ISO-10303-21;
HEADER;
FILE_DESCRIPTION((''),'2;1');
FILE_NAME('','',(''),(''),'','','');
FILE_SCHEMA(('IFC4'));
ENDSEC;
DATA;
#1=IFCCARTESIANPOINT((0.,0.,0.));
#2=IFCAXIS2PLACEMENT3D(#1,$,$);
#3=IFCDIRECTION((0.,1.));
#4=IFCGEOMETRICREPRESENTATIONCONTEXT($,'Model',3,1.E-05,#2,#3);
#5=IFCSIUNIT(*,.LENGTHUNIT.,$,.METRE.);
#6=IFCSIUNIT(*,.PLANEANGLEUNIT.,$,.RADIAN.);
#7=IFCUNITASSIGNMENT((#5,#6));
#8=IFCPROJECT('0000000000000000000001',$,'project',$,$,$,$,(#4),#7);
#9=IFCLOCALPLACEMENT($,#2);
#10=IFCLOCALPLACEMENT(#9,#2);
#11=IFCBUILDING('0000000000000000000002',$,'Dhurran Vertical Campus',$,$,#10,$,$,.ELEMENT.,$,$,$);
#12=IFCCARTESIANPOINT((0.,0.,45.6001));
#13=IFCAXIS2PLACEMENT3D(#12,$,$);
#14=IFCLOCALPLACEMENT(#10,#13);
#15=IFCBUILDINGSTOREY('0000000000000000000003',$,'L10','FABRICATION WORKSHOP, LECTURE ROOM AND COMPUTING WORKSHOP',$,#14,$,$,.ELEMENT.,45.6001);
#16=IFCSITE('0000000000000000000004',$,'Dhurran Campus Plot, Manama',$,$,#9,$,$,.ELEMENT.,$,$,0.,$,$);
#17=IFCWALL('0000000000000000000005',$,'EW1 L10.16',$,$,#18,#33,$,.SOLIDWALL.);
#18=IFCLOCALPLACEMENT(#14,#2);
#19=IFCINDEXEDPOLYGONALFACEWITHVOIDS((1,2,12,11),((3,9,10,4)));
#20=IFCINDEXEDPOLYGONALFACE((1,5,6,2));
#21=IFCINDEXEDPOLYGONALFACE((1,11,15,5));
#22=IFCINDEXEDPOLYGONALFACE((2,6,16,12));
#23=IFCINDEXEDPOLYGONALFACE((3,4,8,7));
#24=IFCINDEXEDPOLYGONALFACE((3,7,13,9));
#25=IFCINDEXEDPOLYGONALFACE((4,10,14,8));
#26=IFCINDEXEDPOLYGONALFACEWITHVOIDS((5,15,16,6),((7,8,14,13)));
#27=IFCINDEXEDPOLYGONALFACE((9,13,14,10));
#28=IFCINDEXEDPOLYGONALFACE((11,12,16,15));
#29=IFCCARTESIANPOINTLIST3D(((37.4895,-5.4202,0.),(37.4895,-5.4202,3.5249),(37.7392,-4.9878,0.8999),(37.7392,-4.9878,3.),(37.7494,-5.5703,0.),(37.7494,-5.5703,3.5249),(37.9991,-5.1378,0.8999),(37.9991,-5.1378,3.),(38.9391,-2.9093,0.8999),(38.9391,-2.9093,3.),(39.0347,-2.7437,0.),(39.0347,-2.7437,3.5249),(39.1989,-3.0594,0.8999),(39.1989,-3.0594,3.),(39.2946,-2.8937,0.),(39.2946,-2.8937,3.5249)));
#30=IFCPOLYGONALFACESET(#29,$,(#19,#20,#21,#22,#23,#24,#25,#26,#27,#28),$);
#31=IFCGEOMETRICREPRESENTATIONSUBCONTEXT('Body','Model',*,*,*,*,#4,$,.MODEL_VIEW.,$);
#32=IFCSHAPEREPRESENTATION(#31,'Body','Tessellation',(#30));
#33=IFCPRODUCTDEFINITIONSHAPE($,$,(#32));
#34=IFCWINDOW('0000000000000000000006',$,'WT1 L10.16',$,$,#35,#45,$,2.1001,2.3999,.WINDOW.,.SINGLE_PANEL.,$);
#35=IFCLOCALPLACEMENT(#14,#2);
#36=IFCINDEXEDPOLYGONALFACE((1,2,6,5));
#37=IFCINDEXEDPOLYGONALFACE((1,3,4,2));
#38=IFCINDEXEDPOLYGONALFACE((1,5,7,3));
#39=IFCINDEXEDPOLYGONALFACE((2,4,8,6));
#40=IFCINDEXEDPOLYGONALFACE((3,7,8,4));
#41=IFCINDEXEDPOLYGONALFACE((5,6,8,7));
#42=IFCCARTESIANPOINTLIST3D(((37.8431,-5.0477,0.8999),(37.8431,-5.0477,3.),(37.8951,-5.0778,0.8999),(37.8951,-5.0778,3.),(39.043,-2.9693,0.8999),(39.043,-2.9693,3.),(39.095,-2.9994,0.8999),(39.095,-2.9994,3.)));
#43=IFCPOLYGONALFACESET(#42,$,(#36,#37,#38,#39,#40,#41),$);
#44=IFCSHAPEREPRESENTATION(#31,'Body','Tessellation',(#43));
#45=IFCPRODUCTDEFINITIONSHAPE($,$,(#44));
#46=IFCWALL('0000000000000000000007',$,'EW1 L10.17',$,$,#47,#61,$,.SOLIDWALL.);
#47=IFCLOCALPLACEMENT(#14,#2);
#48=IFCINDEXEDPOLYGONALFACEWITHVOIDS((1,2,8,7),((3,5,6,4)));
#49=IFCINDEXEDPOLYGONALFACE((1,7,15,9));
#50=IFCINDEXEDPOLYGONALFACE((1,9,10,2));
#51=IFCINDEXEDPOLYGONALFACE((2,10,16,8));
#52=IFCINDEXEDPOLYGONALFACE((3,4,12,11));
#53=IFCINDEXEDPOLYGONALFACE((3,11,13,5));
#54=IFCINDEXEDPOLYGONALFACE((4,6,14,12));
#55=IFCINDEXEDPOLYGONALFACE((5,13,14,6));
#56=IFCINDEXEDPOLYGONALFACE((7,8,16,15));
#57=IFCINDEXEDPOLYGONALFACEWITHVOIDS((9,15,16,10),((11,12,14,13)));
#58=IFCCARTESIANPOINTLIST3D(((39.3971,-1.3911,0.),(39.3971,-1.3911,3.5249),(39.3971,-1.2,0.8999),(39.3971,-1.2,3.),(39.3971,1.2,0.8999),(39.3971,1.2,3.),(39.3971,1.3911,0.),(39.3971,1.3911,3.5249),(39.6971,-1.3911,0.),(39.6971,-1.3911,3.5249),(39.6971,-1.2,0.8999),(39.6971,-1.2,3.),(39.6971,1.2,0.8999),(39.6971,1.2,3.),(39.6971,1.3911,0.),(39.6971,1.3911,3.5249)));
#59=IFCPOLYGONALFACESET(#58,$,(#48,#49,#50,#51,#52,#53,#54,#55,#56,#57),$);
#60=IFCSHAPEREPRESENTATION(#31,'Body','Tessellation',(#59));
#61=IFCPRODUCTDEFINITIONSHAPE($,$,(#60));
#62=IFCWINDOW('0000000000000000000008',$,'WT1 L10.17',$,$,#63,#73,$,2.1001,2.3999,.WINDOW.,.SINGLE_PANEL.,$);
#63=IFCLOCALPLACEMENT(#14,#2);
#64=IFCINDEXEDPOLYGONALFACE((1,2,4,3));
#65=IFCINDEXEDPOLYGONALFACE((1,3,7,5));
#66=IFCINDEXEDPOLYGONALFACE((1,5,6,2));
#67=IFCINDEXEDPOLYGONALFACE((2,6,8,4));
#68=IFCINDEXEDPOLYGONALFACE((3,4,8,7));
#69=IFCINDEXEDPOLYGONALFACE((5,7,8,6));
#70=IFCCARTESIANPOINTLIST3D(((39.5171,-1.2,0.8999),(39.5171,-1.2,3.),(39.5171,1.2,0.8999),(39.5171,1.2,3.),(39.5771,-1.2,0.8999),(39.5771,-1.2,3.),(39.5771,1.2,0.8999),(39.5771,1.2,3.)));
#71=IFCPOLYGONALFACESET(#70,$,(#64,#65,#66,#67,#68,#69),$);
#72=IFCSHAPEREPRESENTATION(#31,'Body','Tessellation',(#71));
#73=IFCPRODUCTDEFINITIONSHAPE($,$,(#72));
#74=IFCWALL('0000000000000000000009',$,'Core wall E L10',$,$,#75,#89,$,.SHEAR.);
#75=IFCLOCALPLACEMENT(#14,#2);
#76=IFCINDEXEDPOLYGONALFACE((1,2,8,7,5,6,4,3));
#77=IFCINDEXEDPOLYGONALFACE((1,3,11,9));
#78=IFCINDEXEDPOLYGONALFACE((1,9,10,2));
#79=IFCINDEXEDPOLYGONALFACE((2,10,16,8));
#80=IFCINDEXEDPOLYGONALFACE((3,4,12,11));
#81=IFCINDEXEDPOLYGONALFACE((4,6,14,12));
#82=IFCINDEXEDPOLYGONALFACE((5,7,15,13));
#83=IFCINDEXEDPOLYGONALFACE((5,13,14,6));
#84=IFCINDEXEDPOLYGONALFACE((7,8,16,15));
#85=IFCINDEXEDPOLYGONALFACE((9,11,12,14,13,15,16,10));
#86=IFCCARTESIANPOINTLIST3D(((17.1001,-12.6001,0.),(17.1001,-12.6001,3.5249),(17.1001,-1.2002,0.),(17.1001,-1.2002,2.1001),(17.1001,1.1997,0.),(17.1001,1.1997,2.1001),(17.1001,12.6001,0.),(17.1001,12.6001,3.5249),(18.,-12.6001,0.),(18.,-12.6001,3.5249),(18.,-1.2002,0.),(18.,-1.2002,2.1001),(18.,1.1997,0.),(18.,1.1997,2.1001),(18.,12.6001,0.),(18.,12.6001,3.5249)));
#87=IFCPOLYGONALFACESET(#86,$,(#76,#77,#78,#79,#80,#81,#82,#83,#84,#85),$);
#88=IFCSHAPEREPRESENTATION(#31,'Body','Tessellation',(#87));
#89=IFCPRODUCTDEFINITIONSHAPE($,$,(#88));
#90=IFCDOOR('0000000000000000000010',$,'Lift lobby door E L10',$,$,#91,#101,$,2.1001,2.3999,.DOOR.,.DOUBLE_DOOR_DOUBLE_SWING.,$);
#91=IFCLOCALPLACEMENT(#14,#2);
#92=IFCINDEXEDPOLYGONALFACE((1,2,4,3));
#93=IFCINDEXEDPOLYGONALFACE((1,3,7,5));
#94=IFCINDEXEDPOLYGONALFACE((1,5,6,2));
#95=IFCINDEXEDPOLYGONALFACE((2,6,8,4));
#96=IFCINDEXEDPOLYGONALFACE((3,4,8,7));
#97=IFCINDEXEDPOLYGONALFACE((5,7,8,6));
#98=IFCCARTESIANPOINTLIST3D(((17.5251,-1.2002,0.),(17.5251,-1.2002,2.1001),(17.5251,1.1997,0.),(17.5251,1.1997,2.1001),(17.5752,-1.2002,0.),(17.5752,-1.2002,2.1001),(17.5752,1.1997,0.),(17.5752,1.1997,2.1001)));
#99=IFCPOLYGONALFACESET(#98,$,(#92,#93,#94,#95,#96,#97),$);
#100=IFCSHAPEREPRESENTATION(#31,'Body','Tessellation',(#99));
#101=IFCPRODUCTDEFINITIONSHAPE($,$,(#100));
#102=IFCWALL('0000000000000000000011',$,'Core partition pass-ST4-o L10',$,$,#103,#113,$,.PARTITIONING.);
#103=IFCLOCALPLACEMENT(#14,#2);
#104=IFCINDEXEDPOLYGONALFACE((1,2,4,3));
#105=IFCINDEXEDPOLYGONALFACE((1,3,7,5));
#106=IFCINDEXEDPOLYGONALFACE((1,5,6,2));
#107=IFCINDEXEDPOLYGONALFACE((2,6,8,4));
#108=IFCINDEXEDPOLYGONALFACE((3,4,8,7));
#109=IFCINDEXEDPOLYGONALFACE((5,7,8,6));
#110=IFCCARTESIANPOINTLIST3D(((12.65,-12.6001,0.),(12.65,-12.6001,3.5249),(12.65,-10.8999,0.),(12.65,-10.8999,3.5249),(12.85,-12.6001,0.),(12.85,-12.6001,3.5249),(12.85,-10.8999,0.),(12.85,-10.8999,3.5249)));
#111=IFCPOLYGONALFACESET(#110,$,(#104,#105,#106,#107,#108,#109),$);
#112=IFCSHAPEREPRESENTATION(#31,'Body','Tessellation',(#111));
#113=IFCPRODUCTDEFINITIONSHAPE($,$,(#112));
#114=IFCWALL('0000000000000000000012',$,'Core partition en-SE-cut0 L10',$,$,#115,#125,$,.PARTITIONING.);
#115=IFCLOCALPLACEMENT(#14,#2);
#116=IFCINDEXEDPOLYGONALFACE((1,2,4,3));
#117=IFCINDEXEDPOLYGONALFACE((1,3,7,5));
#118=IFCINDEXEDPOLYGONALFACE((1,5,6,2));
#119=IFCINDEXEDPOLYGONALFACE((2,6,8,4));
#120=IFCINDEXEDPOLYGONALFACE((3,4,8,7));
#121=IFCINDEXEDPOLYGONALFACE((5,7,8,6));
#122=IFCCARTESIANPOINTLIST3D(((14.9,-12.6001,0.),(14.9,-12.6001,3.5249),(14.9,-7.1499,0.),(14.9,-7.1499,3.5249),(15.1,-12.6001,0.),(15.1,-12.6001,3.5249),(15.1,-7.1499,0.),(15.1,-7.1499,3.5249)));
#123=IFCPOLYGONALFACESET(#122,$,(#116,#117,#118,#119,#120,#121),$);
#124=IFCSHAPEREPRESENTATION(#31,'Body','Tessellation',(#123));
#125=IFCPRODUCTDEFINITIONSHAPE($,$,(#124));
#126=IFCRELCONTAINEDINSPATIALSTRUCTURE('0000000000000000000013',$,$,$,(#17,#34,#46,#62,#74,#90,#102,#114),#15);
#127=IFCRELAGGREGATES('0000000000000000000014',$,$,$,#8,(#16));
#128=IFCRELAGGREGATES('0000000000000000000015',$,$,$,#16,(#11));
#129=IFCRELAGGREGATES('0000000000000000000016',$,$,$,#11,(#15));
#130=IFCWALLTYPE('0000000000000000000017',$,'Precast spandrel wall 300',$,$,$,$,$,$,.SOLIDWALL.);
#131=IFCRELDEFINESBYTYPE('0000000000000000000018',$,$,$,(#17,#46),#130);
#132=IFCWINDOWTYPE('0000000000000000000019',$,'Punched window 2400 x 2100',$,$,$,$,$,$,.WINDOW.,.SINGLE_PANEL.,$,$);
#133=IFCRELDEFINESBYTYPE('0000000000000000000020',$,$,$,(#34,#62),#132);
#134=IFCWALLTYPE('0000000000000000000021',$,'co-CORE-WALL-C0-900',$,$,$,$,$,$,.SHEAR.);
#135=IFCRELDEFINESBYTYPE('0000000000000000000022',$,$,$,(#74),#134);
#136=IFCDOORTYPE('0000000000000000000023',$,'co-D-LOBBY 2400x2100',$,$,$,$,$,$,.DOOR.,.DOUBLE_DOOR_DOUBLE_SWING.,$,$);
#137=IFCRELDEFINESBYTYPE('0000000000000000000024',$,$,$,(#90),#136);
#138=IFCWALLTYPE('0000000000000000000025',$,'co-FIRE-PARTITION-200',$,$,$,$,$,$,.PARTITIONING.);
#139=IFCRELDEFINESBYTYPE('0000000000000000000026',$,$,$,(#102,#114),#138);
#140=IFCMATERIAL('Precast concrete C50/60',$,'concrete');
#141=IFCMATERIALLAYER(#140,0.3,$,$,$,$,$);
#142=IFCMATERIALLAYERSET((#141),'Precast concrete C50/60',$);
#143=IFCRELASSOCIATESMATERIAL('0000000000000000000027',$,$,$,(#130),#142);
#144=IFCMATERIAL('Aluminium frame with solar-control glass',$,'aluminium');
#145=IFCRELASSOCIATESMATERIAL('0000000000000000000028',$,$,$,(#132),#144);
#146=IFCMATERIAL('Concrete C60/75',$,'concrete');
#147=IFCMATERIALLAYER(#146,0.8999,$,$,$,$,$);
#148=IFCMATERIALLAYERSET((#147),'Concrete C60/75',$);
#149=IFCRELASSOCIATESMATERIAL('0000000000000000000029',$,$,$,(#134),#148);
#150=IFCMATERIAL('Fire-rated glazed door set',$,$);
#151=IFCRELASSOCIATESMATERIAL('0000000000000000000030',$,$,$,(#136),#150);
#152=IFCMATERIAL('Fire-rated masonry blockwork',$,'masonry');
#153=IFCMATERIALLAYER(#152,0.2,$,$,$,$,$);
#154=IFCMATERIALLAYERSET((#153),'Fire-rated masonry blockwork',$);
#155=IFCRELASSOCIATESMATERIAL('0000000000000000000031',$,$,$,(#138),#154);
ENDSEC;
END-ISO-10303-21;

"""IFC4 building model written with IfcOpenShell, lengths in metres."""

from ifc_helpers import new_model, si_unit, direction, frame, frame_2d, origin, place, context, subcontext, project, spatial, rectangle, extrude, material, layer, layer_set, type_object, element, fill, save


model = new_model("IFC4")

# Units and contexts
model_context = context("Model", 3, precision=1e-05, world=origin(), true_north=direction((0.0, 1.0)))
body_context = subcontext(model_context, "Body", "Model", "MODEL_VIEW")
ifc_project = project(units=[si_unit("LENGTHUNIT", "METRE"), si_unit("PLANEANGLEUNIT", "RADIAN")], contexts=[model_context])

# Site, building, storey
site_placement = place(None, origin())
site = spatial("IfcSite", under=ifc_project, at=site_placement, Name="Dhurran Campus Plot, Manama", CompositionType="ELEMENT", RefElevation=0.0)
building_placement = place(site_placement, origin())
building = spatial("IfcBuilding", under=site, at=building_placement, Name="Dhurran Vertical Campus", CompositionType="ELEMENT")
storey_placement = place(building_placement, frame((0.0, 0.0, 45.6001)))
storey = spatial("IfcBuildingStorey", under=building, at=storey_placement, Name="L10", Description="FABRICATION WORKSHOP, LECTURE ROOM AND COMPUTING WORKSHOP", CompositionType="ELEMENT", Elevation=45.6001)

# Walls, openings, windows
ifc_material_1 = material(Name="Precast concrete C50/60", Category="concrete")
ifc_layer_1 = layer(ifc_material_1, 0.3)
ifc_layer_set_1 = layer_set([ifc_layer_1], Name="Precast concrete C50/60")
wall_type_1 = type_object("IfcWallType", Name="Precast spandrel wall 300", PredefinedType="SOLIDWALL", material=ifc_layer_set_1)
ifc_material_2 = material(Name="Aluminium frame with solar-control glass", Category="aluminium")
window_type = type_object("IfcWindowType", Name="Punched window 2400 x 2100", PartitioningType="SINGLE_PANEL", PredefinedType="WINDOW", material=ifc_material_2)
wall_1_placement = place(storey_placement, frame((37.6194, -5.4954, 0.0), z_axis=(0.0, 0.0, 1.0), x_axis=(0.499971, 0.866042, 0.0)))
wall_1 = element("IfcWall", 1, at=wall_1_placement, inside=storey, type_object=wall_type_1, Name="EW1 L10.16", PredefinedType="SOLIDWALL", context=body_context, shape_type="SweptSolid", body=[
    extrude(rectangle(XDim=3.0906, YDim=0.3, at=frame_2d((1.5454, 0.0))), origin(), (0.0, 0.0, 1.0), 3.5249),
])
opening_1_placement = place(wall_1_placement, frame((0.4995, 0.0, 0.8999)))
opening_1 = element("IfcOpeningElement", 2, at=opening_1_placement, cuts=wall_1, PredefinedType="OPENING", context=body_context, shape_type="SweptSolid", body=[
    extrude(rectangle(XDim=2.3999, YDim=2.1001, at=frame_2d((1.2, 1.05))), frame((0.0, 0.1599, 0.0), z_axis=(0.0, -1.0, 0.0), x_axis=(1.0, 0.0, 0.0)), (0.0, 0.0, 1.0), 0.3201),
])
window_1_placement = place(opening_1_placement, origin())
window_1 = element("IfcWindow", 3, at=window_1_placement, inside=storey, type_object=window_type, Name="WT1 L10.16", OverallHeight=2.1001, OverallWidth=2.3999, PartitioningType="SINGLE_PANEL", PredefinedType="WINDOW", context=body_context, shape_type="SweptSolid", body=[
    extrude(rectangle(XDim=2.3999, YDim=2.1001, at=frame_2d((1.2, 1.05))), frame((0.0, 0.03, 0.0), z_axis=(0.0, -1.0, 0.0), x_axis=(1.0, 0.0, 0.0)), (0.0, 0.0, 1.0), 0.0601),
])
fill(opening_1, window_1)
wall_2_placement = place(storey_placement, frame((39.5471, -1.3911, 0.0), z_axis=(0.0, 0.0, 1.0), x_axis=(0.0, 1.0, 0.0)))
wall_2 = element("IfcWall", 4, at=wall_2_placement, inside=storey, type_object=wall_type_1, Name="EW1 L10.17", PredefinedType="SOLIDWALL", context=body_context, shape_type="SweptSolid", body=[
    extrude(rectangle(XDim=2.7822, YDim=0.3, at=frame_2d((1.3911, 0.0))), origin(), (0.0, 0.0, 1.0), 3.5249),
])
opening_2_placement = place(wall_2_placement, frame((0.1912, 0.0, 0.8999)))
opening_2 = element("IfcOpeningElement", 5, at=opening_2_placement, cuts=wall_2, PredefinedType="OPENING", context=body_context, shape_type="SweptSolid", body=[
    extrude(rectangle(XDim=2.3999, YDim=2.1001, at=frame_2d((1.2, 1.05))), frame((0.0, 0.1599, 0.0), z_axis=(0.0, -1.0, 0.0), x_axis=(1.0, 0.0, 0.0)), (0.0, 0.0, 1.0), 0.3201),
])
window_2_placement = place(opening_2_placement, origin())
window_2 = element("IfcWindow", 6, at=window_2_placement, inside=storey, type_object=window_type, Name="WT1 L10.17", OverallHeight=2.1001, OverallWidth=2.3999, PartitioningType="SINGLE_PANEL", PredefinedType="WINDOW", context=body_context, shape_type="SweptSolid", body=[
    extrude(rectangle(XDim=2.3999, YDim=2.1001, at=frame_2d((1.2, 1.05))), frame((0.0, 0.03, 0.0), z_axis=(0.0, -1.0, 0.0), x_axis=(1.0, 0.0, 0.0)), (0.0, 0.0, 1.0), 0.0601),
])
fill(opening_2, window_2)

# Wall, opening, door
ifc_material_3 = material(Name="Concrete C60/75", Category="concrete")
ifc_layer_2 = layer(ifc_material_3, 0.8999)
ifc_layer_set_2 = layer_set([ifc_layer_2], Name="Concrete C60/75")
wall_type_2 = type_object("IfcWallType", Name="co-CORE-WALL-C0-900", PredefinedType="SHEAR", material=ifc_layer_set_2)
wall_3_placement = place(storey_placement, frame((17.55, -12.6001, 0.0), z_axis=(0.0, 0.0, 1.0), x_axis=(0.0, 1.0, 0.0)))
wall_3 = element("IfcWall", 7, at=wall_3_placement, inside=storey, type_object=wall_type_2, Name="Core wall E L10", PredefinedType="SHEAR", context=body_context, shape_type="SweptSolid", body=[
    extrude(rectangle(XDim=25.2002, YDim=0.8999, at=frame_2d((12.6001, 0.0))), origin(), (0.0, 0.0, 1.0), 3.5249),
])
opening_3_placement = place(wall_3_placement, frame((11.3999, 0.0, 0.0)))
opening_3 = element("IfcOpeningElement", 8, at=opening_3_placement, cuts=wall_3, PredefinedType="OPENING", context=body_context, shape_type="SweptSolid", body=[
    extrude(rectangle(XDim=2.3999, YDim=2.1001, at=frame_2d((1.2, 1.05))), frame((0.0, 0.46, 0.0), z_axis=(0.0, -1.0, 0.0), x_axis=(1.0, 0.0, 0.0)), (0.0, 0.0, 1.0), 0.9199),
])
ifc_material_4 = material(Name="Fire-rated glazed door set")
door_type_1 = type_object("IfcDoorType", Name="co-D-LOBBY 2400x2100", OperationType="DOUBLE_DOOR_DOUBLE_SWING", PredefinedType="DOOR", material=ifc_material_4)
door_1_placement = place(opening_3_placement, origin())
door_1 = element("IfcDoor", 9, at=door_1_placement, inside=storey, type_object=door_type_1, Name="Lift lobby door E L10", OperationType="DOUBLE_DOOR_DOUBLE_SWING", OverallHeight=2.1001, OverallWidth=2.3999, PredefinedType="DOOR", context=body_context, shape_type="SweptSolid", body=[
    extrude(rectangle(XDim=2.3999, YDim=2.1001, at=frame_2d((1.2, 1.05))), frame((0.0, 0.0249, 0.0), z_axis=(0.0, -1.0, 0.0), x_axis=(1.0, 0.0, 0.0)), (0.0, 0.0, 1.0), 0.05),
])
fill(opening_3, door_1)

# Walls
ifc_material_5 = material(Name="Fire-rated masonry blockwork", Category="masonry")
ifc_layer_3 = layer(ifc_material_5, 0.2)
ifc_layer_set_3 = layer_set([ifc_layer_3], Name="Fire-rated masonry blockwork")
wall_type_3 = type_object("IfcWallType", Name="co-FIRE-PARTITION-200", PredefinedType="PARTITIONING", material=ifc_layer_set_3)
wall_4_placement = place(storey_placement, frame((12.75, -12.6001, 0.0), z_axis=(0.0, 0.0, 1.0), x_axis=(0.0, 1.0, 0.0)))
element("IfcWall", 10, at=wall_4_placement, inside=storey, type_object=wall_type_3, Name="Core partition pass-ST4-o L10", PredefinedType="PARTITIONING", context=body_context, shape_type="SweptSolid", body=[
    extrude(rectangle(XDim=1.7002, YDim=0.2, at=frame_2d((0.8501, 0.0))), origin(), (0.0, 0.0, 1.0), 3.5249),
])
wall_5_placement = place(storey_placement, frame((15.0, -12.6001, 0.0), z_axis=(0.0, 0.0, 1.0), x_axis=(0.0, 1.0, 0.0)))
element("IfcWall", 11, at=wall_5_placement, inside=storey, type_object=wall_type_3, Name="Core partition en-SE-cut0 L10", PredefinedType="PARTITIONING", context=body_context, shape_type="SweptSolid", body=[
    extrude(rectangle(XDim=5.4502, YDim=0.2, at=frame_2d((2.7251, 0.0))), origin(), (0.0, 0.0, 1.0), 3.5249),
])

save(model, "model.ifc")
